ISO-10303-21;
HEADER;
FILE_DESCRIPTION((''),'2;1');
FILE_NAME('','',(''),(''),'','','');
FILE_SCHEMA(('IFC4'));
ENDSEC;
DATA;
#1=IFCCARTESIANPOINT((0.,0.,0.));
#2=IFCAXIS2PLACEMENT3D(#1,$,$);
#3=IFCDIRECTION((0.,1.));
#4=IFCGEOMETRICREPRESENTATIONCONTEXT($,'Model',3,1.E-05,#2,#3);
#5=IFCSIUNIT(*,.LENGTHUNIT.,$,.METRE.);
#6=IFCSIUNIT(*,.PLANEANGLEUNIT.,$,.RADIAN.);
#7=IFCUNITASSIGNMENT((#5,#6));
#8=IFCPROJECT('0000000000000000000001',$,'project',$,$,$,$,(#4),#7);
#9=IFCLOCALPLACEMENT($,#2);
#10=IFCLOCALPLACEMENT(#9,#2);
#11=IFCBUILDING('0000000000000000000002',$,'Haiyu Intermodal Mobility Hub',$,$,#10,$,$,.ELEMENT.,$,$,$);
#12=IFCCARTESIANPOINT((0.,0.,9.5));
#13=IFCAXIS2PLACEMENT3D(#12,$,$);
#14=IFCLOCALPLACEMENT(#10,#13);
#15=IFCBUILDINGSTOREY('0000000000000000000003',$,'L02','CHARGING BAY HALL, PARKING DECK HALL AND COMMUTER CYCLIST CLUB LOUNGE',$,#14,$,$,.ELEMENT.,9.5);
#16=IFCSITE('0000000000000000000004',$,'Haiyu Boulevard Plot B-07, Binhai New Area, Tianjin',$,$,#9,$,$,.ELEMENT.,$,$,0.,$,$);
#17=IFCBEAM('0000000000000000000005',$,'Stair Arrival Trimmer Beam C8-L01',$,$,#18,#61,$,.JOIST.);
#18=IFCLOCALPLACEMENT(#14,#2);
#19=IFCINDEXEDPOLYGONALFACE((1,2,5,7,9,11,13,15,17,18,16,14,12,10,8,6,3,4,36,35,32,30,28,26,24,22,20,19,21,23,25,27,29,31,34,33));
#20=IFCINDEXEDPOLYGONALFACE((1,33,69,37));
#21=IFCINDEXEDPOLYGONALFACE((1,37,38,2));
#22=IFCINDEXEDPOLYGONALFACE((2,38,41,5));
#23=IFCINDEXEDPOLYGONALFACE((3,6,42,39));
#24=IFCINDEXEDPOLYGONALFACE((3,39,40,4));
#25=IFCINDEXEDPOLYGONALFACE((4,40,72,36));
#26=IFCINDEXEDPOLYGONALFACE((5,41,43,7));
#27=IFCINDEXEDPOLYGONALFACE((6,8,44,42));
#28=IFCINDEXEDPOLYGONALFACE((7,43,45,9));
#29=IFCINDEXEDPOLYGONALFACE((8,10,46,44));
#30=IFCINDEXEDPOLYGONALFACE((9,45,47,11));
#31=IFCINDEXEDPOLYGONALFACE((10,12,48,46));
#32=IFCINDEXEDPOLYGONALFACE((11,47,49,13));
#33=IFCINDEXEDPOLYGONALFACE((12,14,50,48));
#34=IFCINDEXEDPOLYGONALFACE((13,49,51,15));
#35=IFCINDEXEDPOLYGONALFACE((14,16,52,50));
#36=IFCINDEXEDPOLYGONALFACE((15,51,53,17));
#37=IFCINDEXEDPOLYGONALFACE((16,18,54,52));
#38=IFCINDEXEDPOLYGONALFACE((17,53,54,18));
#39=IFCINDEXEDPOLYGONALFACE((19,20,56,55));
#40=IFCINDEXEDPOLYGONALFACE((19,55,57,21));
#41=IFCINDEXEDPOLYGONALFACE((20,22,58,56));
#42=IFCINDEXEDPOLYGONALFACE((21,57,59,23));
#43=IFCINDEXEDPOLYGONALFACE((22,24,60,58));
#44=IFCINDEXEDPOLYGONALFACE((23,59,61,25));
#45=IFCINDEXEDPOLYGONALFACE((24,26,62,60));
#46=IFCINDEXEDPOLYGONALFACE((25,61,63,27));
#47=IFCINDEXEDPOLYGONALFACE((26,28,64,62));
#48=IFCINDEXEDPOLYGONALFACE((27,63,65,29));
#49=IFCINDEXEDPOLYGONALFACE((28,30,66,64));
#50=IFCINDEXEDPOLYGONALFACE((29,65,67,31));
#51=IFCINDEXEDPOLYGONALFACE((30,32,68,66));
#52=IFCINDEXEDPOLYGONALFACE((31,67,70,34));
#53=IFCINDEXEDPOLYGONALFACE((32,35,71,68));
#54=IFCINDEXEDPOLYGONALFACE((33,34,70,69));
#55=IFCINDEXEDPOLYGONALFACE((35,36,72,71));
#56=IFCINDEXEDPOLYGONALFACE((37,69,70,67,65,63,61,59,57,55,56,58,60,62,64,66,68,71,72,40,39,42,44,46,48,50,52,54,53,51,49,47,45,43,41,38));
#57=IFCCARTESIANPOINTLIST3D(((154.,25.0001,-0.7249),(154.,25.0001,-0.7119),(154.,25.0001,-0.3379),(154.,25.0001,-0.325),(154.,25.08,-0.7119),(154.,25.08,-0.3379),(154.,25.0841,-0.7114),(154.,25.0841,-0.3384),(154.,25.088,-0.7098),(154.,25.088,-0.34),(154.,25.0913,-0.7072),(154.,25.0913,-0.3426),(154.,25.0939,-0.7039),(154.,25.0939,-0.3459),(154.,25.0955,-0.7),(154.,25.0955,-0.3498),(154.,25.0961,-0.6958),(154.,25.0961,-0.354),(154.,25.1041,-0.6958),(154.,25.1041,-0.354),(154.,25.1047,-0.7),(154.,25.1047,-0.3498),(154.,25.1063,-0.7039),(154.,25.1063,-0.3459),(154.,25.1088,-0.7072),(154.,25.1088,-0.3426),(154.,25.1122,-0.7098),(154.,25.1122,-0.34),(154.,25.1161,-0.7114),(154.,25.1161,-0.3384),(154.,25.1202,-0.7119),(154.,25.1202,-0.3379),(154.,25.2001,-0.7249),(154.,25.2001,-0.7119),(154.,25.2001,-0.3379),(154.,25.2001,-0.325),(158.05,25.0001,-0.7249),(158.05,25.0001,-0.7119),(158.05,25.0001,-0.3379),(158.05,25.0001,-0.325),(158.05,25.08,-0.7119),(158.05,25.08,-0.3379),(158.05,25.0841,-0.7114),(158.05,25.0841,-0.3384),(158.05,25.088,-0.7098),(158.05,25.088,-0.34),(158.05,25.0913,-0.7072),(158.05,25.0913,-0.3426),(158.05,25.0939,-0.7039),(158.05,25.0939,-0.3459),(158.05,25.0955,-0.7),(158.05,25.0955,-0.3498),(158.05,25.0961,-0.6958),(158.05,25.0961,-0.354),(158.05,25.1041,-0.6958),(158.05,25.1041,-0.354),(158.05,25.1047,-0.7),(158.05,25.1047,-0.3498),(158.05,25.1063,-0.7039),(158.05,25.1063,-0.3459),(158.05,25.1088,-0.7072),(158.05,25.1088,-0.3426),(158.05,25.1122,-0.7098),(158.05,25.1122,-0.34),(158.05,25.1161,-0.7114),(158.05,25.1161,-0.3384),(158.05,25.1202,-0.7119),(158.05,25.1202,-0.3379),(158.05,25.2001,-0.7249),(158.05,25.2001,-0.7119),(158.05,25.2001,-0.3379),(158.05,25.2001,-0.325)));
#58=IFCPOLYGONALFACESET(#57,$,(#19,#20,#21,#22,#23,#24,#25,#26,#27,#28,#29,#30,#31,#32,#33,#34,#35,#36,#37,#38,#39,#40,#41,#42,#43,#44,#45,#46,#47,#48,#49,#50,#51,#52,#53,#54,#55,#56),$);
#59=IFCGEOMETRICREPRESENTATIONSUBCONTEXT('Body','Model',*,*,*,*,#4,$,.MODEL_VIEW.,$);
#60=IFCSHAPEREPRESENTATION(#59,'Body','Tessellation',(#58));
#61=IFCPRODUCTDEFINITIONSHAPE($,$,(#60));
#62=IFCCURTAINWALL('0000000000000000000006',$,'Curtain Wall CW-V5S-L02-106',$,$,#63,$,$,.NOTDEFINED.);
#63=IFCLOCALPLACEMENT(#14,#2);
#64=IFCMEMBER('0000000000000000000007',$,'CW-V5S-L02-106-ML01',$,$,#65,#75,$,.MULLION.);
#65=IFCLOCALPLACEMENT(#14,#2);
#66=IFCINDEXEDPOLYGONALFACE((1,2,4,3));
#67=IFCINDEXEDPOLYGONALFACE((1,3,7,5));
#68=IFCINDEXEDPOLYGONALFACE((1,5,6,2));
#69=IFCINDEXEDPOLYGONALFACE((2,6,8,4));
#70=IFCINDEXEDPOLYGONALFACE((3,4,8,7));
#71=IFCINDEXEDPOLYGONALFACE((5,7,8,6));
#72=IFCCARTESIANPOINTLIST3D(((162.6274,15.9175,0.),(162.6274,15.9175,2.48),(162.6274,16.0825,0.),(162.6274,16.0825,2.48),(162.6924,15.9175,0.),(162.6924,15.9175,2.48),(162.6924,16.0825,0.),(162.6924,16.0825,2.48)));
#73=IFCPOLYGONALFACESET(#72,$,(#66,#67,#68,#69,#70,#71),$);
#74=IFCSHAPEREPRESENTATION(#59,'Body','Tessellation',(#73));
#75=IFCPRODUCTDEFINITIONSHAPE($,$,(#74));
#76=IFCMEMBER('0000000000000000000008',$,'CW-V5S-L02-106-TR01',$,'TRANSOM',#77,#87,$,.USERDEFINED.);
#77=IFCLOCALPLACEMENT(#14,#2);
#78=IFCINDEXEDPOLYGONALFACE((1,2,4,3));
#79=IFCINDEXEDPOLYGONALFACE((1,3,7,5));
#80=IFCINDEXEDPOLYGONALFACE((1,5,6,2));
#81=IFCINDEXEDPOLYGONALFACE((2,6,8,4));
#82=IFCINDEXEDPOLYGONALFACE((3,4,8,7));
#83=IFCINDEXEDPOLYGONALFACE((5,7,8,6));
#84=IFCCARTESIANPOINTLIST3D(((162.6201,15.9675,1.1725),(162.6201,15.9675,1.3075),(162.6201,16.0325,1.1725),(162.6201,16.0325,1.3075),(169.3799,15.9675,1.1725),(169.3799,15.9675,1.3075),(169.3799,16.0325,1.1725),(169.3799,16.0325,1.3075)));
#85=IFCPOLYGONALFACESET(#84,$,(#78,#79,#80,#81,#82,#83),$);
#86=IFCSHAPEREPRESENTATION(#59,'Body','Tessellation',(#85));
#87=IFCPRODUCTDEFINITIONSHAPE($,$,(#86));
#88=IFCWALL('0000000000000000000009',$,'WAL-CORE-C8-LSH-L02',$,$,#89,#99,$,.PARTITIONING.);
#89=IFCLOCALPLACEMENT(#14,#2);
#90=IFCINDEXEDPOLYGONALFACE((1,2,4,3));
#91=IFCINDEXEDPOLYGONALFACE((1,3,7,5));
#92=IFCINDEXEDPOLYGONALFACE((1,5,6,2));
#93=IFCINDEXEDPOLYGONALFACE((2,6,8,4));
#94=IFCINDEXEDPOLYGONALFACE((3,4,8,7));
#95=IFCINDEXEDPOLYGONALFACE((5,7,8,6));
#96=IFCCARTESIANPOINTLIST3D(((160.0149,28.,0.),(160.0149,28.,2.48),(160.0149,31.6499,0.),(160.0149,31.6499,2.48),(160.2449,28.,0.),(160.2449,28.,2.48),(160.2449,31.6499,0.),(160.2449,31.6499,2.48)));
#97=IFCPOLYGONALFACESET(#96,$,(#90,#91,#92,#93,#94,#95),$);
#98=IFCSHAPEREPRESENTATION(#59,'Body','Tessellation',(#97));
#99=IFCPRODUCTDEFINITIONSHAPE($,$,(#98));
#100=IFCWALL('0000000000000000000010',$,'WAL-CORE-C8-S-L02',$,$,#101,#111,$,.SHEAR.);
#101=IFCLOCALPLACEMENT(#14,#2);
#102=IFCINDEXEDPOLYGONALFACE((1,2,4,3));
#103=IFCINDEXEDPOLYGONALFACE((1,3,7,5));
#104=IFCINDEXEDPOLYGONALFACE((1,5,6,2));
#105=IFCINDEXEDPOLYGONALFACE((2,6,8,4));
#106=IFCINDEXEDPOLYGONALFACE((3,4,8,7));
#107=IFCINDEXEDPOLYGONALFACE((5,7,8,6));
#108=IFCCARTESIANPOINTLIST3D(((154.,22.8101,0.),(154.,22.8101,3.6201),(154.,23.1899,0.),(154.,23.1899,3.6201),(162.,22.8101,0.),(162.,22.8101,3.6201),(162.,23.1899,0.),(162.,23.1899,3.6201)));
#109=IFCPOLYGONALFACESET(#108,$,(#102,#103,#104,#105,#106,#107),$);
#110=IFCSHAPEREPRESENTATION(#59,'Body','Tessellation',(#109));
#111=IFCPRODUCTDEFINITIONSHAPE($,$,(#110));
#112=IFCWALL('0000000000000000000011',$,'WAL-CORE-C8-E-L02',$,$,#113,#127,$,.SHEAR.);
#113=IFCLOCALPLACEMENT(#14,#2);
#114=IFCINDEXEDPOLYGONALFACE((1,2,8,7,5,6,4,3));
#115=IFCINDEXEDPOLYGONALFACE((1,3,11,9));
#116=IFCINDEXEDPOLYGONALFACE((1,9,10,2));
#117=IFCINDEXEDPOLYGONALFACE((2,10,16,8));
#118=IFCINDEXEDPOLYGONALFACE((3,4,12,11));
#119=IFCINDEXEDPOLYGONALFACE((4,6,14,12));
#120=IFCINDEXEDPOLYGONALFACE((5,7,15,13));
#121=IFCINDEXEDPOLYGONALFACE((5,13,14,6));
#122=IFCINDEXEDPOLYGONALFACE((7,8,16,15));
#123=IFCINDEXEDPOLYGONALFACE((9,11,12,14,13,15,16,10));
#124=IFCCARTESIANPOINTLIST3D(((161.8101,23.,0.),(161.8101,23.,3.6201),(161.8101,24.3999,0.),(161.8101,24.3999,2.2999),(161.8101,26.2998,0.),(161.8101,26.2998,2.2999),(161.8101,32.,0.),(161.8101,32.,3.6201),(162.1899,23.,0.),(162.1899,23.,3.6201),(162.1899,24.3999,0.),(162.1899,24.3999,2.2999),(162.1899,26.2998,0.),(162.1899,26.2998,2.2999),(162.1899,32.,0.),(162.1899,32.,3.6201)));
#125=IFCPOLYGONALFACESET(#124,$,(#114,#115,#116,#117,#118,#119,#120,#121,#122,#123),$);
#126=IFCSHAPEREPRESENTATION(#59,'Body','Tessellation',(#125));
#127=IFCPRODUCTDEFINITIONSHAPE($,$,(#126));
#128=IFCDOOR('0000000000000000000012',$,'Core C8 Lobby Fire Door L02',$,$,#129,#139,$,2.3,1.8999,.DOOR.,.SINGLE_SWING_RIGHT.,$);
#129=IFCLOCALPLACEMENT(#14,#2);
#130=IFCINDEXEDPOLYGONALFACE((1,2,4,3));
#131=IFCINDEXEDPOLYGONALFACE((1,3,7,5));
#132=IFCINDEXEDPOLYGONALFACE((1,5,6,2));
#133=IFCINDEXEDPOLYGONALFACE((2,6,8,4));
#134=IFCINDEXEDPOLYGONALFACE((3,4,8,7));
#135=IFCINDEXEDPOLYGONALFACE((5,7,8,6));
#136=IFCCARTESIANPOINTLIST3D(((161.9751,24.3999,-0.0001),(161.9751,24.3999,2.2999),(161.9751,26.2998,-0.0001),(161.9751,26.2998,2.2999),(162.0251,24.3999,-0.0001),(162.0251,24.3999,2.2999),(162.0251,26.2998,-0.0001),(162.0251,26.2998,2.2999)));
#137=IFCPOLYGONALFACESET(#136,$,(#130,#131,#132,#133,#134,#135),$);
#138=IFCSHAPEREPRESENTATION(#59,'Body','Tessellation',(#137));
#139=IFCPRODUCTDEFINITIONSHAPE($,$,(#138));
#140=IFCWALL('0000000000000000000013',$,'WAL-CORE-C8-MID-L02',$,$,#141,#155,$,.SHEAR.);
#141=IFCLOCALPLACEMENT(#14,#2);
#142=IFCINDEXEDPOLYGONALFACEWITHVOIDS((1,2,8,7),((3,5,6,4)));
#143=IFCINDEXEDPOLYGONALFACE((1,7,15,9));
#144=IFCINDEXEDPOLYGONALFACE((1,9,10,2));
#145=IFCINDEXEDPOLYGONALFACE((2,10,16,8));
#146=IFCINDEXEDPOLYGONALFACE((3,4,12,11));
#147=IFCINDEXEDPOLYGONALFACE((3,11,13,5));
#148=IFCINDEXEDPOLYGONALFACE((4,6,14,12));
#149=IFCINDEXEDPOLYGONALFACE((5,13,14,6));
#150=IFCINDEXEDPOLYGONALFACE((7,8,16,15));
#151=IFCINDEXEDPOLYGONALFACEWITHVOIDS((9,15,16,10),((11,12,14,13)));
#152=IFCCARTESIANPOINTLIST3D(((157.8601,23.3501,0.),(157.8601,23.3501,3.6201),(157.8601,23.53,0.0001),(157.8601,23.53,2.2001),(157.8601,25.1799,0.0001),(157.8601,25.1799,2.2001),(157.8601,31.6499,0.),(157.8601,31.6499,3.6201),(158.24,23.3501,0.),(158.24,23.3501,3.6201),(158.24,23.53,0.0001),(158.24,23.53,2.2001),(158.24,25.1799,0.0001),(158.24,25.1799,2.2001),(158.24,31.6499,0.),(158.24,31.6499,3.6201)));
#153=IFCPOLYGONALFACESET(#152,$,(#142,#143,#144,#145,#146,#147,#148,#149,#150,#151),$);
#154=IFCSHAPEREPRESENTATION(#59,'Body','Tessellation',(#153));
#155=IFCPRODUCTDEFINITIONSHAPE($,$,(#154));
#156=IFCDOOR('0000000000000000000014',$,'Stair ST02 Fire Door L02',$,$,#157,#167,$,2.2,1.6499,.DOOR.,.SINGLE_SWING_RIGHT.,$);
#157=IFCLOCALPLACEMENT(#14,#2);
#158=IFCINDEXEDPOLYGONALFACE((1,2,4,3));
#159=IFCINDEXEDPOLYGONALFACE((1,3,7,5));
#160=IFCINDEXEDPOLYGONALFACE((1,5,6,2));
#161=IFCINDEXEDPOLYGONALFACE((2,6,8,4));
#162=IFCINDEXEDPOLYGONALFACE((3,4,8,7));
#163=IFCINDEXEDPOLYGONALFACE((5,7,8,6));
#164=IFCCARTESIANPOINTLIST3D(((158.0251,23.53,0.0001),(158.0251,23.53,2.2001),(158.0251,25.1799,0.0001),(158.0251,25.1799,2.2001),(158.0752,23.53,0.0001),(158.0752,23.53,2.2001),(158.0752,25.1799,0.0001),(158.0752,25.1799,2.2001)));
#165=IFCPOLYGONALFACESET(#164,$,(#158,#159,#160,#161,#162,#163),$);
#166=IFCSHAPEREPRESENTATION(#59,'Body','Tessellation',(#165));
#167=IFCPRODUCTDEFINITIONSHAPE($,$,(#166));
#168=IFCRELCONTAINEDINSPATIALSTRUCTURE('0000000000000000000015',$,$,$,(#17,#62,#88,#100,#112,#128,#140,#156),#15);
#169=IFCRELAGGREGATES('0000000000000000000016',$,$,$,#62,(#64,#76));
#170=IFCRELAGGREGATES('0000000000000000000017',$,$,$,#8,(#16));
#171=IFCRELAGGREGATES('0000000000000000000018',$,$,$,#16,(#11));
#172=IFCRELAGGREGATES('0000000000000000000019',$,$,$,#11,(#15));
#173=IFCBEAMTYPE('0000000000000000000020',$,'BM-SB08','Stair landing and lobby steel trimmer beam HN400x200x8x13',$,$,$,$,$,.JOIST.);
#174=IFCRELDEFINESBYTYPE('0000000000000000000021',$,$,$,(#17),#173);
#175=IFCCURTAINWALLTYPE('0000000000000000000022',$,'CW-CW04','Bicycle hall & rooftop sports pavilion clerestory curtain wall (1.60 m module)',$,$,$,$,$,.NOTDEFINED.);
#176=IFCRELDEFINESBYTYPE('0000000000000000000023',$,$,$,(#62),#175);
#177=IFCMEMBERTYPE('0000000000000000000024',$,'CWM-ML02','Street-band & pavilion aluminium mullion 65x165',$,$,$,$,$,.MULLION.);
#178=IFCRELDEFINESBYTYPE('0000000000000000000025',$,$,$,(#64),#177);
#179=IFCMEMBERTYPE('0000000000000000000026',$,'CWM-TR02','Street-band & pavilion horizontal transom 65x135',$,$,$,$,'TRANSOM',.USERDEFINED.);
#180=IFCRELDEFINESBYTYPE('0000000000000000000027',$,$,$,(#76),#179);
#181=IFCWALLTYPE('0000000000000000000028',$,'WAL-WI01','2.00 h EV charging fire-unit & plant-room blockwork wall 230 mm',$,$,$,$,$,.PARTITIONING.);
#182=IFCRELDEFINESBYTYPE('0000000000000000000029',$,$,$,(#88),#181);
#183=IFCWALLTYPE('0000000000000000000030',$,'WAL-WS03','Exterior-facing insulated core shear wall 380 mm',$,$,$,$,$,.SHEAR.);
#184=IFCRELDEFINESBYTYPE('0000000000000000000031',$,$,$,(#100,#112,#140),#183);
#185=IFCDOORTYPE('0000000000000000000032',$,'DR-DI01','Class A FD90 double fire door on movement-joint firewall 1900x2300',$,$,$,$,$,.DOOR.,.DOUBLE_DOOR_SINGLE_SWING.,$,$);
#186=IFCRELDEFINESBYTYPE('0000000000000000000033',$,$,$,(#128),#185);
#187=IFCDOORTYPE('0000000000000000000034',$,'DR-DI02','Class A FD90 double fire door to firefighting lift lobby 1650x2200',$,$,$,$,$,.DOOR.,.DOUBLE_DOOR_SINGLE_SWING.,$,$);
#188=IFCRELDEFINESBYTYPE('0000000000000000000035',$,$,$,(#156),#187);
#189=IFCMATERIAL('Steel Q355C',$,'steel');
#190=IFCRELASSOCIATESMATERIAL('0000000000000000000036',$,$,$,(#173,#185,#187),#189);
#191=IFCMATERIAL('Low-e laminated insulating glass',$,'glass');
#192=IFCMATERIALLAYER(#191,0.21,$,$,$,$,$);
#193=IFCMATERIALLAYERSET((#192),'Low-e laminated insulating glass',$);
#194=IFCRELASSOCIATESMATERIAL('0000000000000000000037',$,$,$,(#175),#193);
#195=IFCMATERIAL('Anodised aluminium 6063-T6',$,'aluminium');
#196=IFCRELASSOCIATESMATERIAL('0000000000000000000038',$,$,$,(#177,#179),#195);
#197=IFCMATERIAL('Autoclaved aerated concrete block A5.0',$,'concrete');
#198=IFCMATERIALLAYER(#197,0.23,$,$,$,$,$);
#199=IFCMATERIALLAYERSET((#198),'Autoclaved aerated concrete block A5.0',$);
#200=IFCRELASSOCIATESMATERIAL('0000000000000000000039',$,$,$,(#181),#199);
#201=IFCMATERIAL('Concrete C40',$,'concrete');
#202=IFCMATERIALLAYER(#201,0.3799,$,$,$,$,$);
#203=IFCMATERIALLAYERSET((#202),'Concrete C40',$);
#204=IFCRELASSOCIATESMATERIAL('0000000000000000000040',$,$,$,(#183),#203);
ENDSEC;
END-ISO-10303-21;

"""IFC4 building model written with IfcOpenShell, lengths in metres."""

from ifc_helpers import new_model, si_unit, direction, frame, frame_2d, origin, origin_2d, place, context, subcontext, project, spatial, rectangle, i_section, extrude, material, layer, layer_set, material_profile, profile_set, type_object, element, fill, aggregate, save


model = new_model("IFC4")

# Units and contexts
model_context = context("Model", 3, precision=1e-05, world=origin(), true_north=direction((0.0, 1.0)))
body_context = subcontext(model_context, "Body", "Model", "MODEL_VIEW")
ifc_project = project(units=[si_unit("LENGTHUNIT", "METRE"), si_unit("PLANEANGLEUNIT", "RADIAN")], contexts=[model_context])

# Site, building, storey
site_placement = place(None, origin())
site = spatial("IfcSite", under=ifc_project, at=site_placement, Name="Haiyu Boulevard Plot B-07, Binhai New Area, Tianjin", CompositionType="ELEMENT", RefElevation=0.0)
building_placement = place(site_placement, origin())
building = spatial("IfcBuilding", under=site, at=building_placement, Name="Haiyu Intermodal Mobility Hub", CompositionType="ELEMENT")
storey_placement = place(building_placement, frame((0.0, 0.0, 9.5)))
storey = spatial("IfcBuildingStorey", under=building, at=storey_placement, Name="L02", Description="CHARGING BAY HALL, PARKING DECK HALL AND COMMUTER CYCLIST CLUB LOUNGE", CompositionType="ELEMENT", Elevation=9.5)

# Shared definitions
ifc_material_1 = material(Name="Concrete C40", Category="concrete")

# Beam
ifc_material_2 = material(Name="Steel Q355C", Category="steel")
ifc_material_profile_1 = material_profile(ifc_material_2, i_section(OverallWidth=0.2, OverallDepth=0.3999, WebThickness=0.0081, FlangeThickness=0.0129, FilletRadius=0.0161, at=origin_2d()), Name="HN400x200x8x13")
ifc_profile_set_1 = profile_set([ifc_material_profile_1], Name="Steel Q355C")
beam_type_1 = type_object("IfcBeamType", Name="BM-SB08", Description="Stair landing and lobby steel trimmer beam HN400x200x8x13", PredefinedType="JOIST", material=ifc_profile_set_1)
beam_1_placement = place(storey_placement, frame((154.0, 25.1001, -0.5249), z_axis=(1.0, 0.0, 0.0), x_axis=(0.0, 1.0, 0.0)))
element("IfcBeam", 1, at=beam_1_placement, inside=storey, type_object=beam_type_1, Name="Stair Arrival Trimmer Beam C8-L01", PredefinedType="JOIST", context=body_context, shape_type="SweptSolid", body=[
    extrude(i_section(OverallWidth=0.2, OverallDepth=0.3999, WebThickness=0.0081, FlangeThickness=0.0129, FilletRadius=0.0161, at=origin_2d()), origin(), (0.0, 0.0, 1.0), 4.05),
])

# Curtain wall, members
ifc_material_3 = material(Name="Low-e laminated insulating glass", Category="glass")
ifc_layer_1 = layer(ifc_material_3, 0.21)
ifc_layer_set_1 = layer_set([ifc_layer_1], Name="Low-e laminated insulating glass")
curtain_wall_type = type_object("IfcCurtainWallType", Name="CW-CW04", Description="Bicycle hall & rooftop sports pavilion clerestory curtain wall (1.60 m module)", PredefinedType="NOTDEFINED", material=ifc_layer_set_1)
curtain_wall_placement = place(storey_placement, origin())
curtain_wall = element("IfcCurtainWall", 2, at=curtain_wall_placement, inside=storey, type_object=curtain_wall_type, Name="Curtain Wall CW-V5S-L02-106", PredefinedType="NOTDEFINED")
ifc_material_4 = material(Name="Anodised aluminium 6063-T6", Category="aluminium")
ifc_material_profile_2 = material_profile(ifc_material_4, rectangle(XDim=0.0649, YDim=0.165, at=origin_2d()), Name="ALU65x165")
ifc_profile_set_2 = profile_set([ifc_material_profile_2], Name="Anodised aluminium 6063-T6")
member_type_1 = type_object("IfcMemberType", Name="CWM-ML02", Description="Street-band & pavilion aluminium mullion 65x165", PredefinedType="MULLION", material=ifc_profile_set_2)
member_1_placement = place(storey_placement, frame((162.6599, 16.0, 0.0), z_axis=(0.0, 0.0, 1.0), x_axis=(1.0, 0.0, 0.0)))
member_1 = element("IfcMember", 3, at=member_1_placement, type_object=member_type_1, Name="CW-V5S-L02-106-ML01", PredefinedType="MULLION", context=body_context, shape_type="SweptSolid", body=[
    extrude(rectangle(XDim=0.0649, YDim=0.165, at=origin_2d()), origin(), (0.0, 0.0, 1.0), 2.48),
])
ifc_material_profile_3 = material_profile(ifc_material_4, rectangle(XDim=0.0649, YDim=0.135, at=origin_2d()), Name="ALU65x135")
ifc_profile_set_3 = profile_set([ifc_material_profile_3], Name="Anodised aluminium 6063-T6")
member_type_2 = type_object("IfcMemberType", Name="CWM-TR02", Description="Street-band & pavilion horizontal transom 65x135", ElementType="TRANSOM", PredefinedType="USERDEFINED", material=ifc_profile_set_3)
member_2_placement = place(storey_placement, frame((162.6201, 16.0, 1.24), z_axis=(1.0, 0.0, 0.0), x_axis=(0.0, 1.0, 0.0)))
member_2 = element("IfcMember", 4, at=member_2_placement, type_object=member_type_2, Name="CW-V5S-L02-106-TR01", ObjectType="TRANSOM", PredefinedType="USERDEFINED", context=body_context, shape_type="SweptSolid", body=[
    extrude(rectangle(XDim=0.0649, YDim=0.135, at=origin_2d()), origin(), (0.0, 0.0, 1.0), 6.7598),
])
aggregate(curtain_wall, [member_1, member_2])

# Wall
ifc_material_5 = material(Name="Autoclaved aerated concrete block A5.0", Category="concrete")
ifc_layer_2 = layer(ifc_material_5, 0.23)
ifc_layer_set_2 = layer_set([ifc_layer_2], Name="Autoclaved aerated concrete block A5.0")
wall_type_1 = type_object("IfcWallType", Name="WAL-WI01", Description="2.00 h EV charging fire-unit & plant-room blockwork wall 230 mm", PredefinedType="PARTITIONING", material=ifc_layer_set_2)
wall_1_placement = place(storey_placement, frame((160.1299, 28.0, 0.0), z_axis=(0.0, 0.0, 1.0), x_axis=(0.0, 1.0, 0.0)))
element("IfcWall", 5, at=wall_1_placement, inside=storey, type_object=wall_type_1, Name="WAL-CORE-C8-LSH-L02", PredefinedType="PARTITIONING", context=body_context, shape_type="SweptSolid", body=[
    extrude(rectangle(XDim=3.6499, YDim=0.23, at=frame_2d((1.825, 0.0))), origin(), (0.0, 0.0, 1.0), 2.48),
])

# Wall
ifc_layer_3 = layer(ifc_material_1, 0.3799)
ifc_layer_set_3 = layer_set([ifc_layer_3], Name="Concrete C40")
wall_type_2 = type_object("IfcWallType", Name="WAL-WS03", Description="Exterior-facing insulated core shear wall 380 mm", PredefinedType="SHEAR", material=ifc_layer_set_3)
wall_2_placement = place(storey_placement, frame((154.0, 23.0, 0.0), z_axis=(0.0, 0.0, 1.0), x_axis=(1.0, 0.0, 0.0)))
element("IfcWall", 6, at=wall_2_placement, inside=storey, type_object=wall_type_2, Name="WAL-CORE-C8-S-L02", PredefinedType="SHEAR", context=body_context, shape_type="SweptSolid", body=[
    extrude(rectangle(XDim=8.0, YDim=0.3799, at=frame_2d((4.0, 0.0))), origin(), (0.0, 0.0, 1.0), 3.6201),
])

# Walls, openings, doors
wall_3_placement = place(storey_placement, frame((162.0, 23.0, 0.0), z_axis=(0.0, 0.0, 1.0), x_axis=(0.0, 1.0, 0.0)))
wall_3 = element("IfcWall", 7, at=wall_3_placement, inside=storey, type_object=wall_type_2, Name="WAL-CORE-C8-E-L02", PredefinedType="SHEAR", context=body_context, shape_type="SweptSolid", body=[
    extrude(rectangle(XDim=9.0, YDim=0.3799, at=frame_2d((4.5, 0.0))), origin(), (0.0, 0.0, 1.0), 3.6201),
])
opening_1_placement = place(wall_3_placement, frame((1.3999, 0.0, 0.0)))
opening_1 = element("IfcOpeningElement", 8, at=opening_1_placement, cuts=wall_3, PredefinedType="OPENING", context=body_context, shape_type="SweptSolid", body=[
    extrude(rectangle(XDim=1.8999, YDim=2.3, at=frame_2d((0.95, 1.1499))), frame((0.0, 0.2, 0.0), z_axis=(0.0, -1.0, 0.0), x_axis=(1.0, 0.0, 0.0)), (0.0, 0.0, 1.0), 0.3999),
])
door_type_1 = type_object("IfcDoorType", Name="DR-DI01", Description="Class A FD90 double fire door on movement-joint firewall 1900x2300", OperationType="DOUBLE_DOOR_SINGLE_SWING", PredefinedType="DOOR", material=ifc_material_2)
door_1_placement = place(opening_1_placement, origin())
door_1 = element("IfcDoor", 9, at=door_1_placement, inside=storey, type_object=door_type_1, Name="Core C8 Lobby Fire Door L02", OperationType="SINGLE_SWING_RIGHT", OverallHeight=2.3, OverallWidth=1.8999, PredefinedType="DOOR", context=body_context, shape_type="SweptSolid", body=[
    extrude(rectangle(XDim=1.8999, YDim=2.3, at=frame_2d((0.95, 1.1499))), frame((0.0, 0.0249, 0.0), z_axis=(0.0, -1.0, 0.0), x_axis=(1.0, 0.0, 0.0)), (0.0, 0.0, 1.0), 0.05),
])
fill(opening_1, door_1)
wall_4_placement = place(storey_placement, frame((158.05, 23.3501, 0.0), z_axis=(0.0, 0.0, 1.0), x_axis=(0.0, 1.0, 0.0)))
wall_4 = element("IfcWall", 10, at=wall_4_placement, inside=storey, type_object=wall_type_2, Name="WAL-CORE-C8-MID-L02", PredefinedType="SHEAR", context=body_context, shape_type="SweptSolid", body=[
    extrude(rectangle(XDim=8.2998, YDim=0.3799, at=frame_2d((4.1499, 0.0))), origin(), (0.0, 0.0, 1.0), 3.6201),
])
opening_2_placement = place(wall_4_placement, frame((0.1799, 0.0, 0.0)))
opening_2 = element("IfcOpeningElement", 11, at=opening_2_placement, cuts=wall_4, PredefinedType="OPENING", context=body_context, shape_type="SweptSolid", body=[
    extrude(rectangle(XDim=1.6499, YDim=2.2, at=frame_2d((0.825, 1.1001))), frame((0.0, 0.2, 0.0), z_axis=(0.0, -1.0, 0.0), x_axis=(1.0, 0.0, 0.0)), (0.0, 0.0, 1.0), 0.3999),
])
door_type_2 = type_object("IfcDoorType", Name="DR-DI02", Description="Class A FD90 double fire door to firefighting lift lobby 1650x2200", OperationType="DOUBLE_DOOR_SINGLE_SWING", PredefinedType="DOOR", material=ifc_material_2)
door_2_placement = place(opening_2_placement, origin())
door_2 = element("IfcDoor", 12, at=door_2_placement, inside=storey, type_object=door_type_2, Name="Stair ST02 Fire Door L02", OperationType="SINGLE_SWING_RIGHT", OverallHeight=2.2, OverallWidth=1.6499, PredefinedType="DOOR", context=body_context, shape_type="SweptSolid", body=[
    extrude(rectangle(XDim=1.6499, YDim=2.2, at=frame_2d((0.825, 1.1001))), frame((0.0, 0.0249, 0.0), z_axis=(0.0, -1.0, 0.0), x_axis=(1.0, 0.0, 0.0)), (0.0, 0.0, 1.0), 0.05),
])
fill(opening_2, door_2)

save(model, "model.ifc")
